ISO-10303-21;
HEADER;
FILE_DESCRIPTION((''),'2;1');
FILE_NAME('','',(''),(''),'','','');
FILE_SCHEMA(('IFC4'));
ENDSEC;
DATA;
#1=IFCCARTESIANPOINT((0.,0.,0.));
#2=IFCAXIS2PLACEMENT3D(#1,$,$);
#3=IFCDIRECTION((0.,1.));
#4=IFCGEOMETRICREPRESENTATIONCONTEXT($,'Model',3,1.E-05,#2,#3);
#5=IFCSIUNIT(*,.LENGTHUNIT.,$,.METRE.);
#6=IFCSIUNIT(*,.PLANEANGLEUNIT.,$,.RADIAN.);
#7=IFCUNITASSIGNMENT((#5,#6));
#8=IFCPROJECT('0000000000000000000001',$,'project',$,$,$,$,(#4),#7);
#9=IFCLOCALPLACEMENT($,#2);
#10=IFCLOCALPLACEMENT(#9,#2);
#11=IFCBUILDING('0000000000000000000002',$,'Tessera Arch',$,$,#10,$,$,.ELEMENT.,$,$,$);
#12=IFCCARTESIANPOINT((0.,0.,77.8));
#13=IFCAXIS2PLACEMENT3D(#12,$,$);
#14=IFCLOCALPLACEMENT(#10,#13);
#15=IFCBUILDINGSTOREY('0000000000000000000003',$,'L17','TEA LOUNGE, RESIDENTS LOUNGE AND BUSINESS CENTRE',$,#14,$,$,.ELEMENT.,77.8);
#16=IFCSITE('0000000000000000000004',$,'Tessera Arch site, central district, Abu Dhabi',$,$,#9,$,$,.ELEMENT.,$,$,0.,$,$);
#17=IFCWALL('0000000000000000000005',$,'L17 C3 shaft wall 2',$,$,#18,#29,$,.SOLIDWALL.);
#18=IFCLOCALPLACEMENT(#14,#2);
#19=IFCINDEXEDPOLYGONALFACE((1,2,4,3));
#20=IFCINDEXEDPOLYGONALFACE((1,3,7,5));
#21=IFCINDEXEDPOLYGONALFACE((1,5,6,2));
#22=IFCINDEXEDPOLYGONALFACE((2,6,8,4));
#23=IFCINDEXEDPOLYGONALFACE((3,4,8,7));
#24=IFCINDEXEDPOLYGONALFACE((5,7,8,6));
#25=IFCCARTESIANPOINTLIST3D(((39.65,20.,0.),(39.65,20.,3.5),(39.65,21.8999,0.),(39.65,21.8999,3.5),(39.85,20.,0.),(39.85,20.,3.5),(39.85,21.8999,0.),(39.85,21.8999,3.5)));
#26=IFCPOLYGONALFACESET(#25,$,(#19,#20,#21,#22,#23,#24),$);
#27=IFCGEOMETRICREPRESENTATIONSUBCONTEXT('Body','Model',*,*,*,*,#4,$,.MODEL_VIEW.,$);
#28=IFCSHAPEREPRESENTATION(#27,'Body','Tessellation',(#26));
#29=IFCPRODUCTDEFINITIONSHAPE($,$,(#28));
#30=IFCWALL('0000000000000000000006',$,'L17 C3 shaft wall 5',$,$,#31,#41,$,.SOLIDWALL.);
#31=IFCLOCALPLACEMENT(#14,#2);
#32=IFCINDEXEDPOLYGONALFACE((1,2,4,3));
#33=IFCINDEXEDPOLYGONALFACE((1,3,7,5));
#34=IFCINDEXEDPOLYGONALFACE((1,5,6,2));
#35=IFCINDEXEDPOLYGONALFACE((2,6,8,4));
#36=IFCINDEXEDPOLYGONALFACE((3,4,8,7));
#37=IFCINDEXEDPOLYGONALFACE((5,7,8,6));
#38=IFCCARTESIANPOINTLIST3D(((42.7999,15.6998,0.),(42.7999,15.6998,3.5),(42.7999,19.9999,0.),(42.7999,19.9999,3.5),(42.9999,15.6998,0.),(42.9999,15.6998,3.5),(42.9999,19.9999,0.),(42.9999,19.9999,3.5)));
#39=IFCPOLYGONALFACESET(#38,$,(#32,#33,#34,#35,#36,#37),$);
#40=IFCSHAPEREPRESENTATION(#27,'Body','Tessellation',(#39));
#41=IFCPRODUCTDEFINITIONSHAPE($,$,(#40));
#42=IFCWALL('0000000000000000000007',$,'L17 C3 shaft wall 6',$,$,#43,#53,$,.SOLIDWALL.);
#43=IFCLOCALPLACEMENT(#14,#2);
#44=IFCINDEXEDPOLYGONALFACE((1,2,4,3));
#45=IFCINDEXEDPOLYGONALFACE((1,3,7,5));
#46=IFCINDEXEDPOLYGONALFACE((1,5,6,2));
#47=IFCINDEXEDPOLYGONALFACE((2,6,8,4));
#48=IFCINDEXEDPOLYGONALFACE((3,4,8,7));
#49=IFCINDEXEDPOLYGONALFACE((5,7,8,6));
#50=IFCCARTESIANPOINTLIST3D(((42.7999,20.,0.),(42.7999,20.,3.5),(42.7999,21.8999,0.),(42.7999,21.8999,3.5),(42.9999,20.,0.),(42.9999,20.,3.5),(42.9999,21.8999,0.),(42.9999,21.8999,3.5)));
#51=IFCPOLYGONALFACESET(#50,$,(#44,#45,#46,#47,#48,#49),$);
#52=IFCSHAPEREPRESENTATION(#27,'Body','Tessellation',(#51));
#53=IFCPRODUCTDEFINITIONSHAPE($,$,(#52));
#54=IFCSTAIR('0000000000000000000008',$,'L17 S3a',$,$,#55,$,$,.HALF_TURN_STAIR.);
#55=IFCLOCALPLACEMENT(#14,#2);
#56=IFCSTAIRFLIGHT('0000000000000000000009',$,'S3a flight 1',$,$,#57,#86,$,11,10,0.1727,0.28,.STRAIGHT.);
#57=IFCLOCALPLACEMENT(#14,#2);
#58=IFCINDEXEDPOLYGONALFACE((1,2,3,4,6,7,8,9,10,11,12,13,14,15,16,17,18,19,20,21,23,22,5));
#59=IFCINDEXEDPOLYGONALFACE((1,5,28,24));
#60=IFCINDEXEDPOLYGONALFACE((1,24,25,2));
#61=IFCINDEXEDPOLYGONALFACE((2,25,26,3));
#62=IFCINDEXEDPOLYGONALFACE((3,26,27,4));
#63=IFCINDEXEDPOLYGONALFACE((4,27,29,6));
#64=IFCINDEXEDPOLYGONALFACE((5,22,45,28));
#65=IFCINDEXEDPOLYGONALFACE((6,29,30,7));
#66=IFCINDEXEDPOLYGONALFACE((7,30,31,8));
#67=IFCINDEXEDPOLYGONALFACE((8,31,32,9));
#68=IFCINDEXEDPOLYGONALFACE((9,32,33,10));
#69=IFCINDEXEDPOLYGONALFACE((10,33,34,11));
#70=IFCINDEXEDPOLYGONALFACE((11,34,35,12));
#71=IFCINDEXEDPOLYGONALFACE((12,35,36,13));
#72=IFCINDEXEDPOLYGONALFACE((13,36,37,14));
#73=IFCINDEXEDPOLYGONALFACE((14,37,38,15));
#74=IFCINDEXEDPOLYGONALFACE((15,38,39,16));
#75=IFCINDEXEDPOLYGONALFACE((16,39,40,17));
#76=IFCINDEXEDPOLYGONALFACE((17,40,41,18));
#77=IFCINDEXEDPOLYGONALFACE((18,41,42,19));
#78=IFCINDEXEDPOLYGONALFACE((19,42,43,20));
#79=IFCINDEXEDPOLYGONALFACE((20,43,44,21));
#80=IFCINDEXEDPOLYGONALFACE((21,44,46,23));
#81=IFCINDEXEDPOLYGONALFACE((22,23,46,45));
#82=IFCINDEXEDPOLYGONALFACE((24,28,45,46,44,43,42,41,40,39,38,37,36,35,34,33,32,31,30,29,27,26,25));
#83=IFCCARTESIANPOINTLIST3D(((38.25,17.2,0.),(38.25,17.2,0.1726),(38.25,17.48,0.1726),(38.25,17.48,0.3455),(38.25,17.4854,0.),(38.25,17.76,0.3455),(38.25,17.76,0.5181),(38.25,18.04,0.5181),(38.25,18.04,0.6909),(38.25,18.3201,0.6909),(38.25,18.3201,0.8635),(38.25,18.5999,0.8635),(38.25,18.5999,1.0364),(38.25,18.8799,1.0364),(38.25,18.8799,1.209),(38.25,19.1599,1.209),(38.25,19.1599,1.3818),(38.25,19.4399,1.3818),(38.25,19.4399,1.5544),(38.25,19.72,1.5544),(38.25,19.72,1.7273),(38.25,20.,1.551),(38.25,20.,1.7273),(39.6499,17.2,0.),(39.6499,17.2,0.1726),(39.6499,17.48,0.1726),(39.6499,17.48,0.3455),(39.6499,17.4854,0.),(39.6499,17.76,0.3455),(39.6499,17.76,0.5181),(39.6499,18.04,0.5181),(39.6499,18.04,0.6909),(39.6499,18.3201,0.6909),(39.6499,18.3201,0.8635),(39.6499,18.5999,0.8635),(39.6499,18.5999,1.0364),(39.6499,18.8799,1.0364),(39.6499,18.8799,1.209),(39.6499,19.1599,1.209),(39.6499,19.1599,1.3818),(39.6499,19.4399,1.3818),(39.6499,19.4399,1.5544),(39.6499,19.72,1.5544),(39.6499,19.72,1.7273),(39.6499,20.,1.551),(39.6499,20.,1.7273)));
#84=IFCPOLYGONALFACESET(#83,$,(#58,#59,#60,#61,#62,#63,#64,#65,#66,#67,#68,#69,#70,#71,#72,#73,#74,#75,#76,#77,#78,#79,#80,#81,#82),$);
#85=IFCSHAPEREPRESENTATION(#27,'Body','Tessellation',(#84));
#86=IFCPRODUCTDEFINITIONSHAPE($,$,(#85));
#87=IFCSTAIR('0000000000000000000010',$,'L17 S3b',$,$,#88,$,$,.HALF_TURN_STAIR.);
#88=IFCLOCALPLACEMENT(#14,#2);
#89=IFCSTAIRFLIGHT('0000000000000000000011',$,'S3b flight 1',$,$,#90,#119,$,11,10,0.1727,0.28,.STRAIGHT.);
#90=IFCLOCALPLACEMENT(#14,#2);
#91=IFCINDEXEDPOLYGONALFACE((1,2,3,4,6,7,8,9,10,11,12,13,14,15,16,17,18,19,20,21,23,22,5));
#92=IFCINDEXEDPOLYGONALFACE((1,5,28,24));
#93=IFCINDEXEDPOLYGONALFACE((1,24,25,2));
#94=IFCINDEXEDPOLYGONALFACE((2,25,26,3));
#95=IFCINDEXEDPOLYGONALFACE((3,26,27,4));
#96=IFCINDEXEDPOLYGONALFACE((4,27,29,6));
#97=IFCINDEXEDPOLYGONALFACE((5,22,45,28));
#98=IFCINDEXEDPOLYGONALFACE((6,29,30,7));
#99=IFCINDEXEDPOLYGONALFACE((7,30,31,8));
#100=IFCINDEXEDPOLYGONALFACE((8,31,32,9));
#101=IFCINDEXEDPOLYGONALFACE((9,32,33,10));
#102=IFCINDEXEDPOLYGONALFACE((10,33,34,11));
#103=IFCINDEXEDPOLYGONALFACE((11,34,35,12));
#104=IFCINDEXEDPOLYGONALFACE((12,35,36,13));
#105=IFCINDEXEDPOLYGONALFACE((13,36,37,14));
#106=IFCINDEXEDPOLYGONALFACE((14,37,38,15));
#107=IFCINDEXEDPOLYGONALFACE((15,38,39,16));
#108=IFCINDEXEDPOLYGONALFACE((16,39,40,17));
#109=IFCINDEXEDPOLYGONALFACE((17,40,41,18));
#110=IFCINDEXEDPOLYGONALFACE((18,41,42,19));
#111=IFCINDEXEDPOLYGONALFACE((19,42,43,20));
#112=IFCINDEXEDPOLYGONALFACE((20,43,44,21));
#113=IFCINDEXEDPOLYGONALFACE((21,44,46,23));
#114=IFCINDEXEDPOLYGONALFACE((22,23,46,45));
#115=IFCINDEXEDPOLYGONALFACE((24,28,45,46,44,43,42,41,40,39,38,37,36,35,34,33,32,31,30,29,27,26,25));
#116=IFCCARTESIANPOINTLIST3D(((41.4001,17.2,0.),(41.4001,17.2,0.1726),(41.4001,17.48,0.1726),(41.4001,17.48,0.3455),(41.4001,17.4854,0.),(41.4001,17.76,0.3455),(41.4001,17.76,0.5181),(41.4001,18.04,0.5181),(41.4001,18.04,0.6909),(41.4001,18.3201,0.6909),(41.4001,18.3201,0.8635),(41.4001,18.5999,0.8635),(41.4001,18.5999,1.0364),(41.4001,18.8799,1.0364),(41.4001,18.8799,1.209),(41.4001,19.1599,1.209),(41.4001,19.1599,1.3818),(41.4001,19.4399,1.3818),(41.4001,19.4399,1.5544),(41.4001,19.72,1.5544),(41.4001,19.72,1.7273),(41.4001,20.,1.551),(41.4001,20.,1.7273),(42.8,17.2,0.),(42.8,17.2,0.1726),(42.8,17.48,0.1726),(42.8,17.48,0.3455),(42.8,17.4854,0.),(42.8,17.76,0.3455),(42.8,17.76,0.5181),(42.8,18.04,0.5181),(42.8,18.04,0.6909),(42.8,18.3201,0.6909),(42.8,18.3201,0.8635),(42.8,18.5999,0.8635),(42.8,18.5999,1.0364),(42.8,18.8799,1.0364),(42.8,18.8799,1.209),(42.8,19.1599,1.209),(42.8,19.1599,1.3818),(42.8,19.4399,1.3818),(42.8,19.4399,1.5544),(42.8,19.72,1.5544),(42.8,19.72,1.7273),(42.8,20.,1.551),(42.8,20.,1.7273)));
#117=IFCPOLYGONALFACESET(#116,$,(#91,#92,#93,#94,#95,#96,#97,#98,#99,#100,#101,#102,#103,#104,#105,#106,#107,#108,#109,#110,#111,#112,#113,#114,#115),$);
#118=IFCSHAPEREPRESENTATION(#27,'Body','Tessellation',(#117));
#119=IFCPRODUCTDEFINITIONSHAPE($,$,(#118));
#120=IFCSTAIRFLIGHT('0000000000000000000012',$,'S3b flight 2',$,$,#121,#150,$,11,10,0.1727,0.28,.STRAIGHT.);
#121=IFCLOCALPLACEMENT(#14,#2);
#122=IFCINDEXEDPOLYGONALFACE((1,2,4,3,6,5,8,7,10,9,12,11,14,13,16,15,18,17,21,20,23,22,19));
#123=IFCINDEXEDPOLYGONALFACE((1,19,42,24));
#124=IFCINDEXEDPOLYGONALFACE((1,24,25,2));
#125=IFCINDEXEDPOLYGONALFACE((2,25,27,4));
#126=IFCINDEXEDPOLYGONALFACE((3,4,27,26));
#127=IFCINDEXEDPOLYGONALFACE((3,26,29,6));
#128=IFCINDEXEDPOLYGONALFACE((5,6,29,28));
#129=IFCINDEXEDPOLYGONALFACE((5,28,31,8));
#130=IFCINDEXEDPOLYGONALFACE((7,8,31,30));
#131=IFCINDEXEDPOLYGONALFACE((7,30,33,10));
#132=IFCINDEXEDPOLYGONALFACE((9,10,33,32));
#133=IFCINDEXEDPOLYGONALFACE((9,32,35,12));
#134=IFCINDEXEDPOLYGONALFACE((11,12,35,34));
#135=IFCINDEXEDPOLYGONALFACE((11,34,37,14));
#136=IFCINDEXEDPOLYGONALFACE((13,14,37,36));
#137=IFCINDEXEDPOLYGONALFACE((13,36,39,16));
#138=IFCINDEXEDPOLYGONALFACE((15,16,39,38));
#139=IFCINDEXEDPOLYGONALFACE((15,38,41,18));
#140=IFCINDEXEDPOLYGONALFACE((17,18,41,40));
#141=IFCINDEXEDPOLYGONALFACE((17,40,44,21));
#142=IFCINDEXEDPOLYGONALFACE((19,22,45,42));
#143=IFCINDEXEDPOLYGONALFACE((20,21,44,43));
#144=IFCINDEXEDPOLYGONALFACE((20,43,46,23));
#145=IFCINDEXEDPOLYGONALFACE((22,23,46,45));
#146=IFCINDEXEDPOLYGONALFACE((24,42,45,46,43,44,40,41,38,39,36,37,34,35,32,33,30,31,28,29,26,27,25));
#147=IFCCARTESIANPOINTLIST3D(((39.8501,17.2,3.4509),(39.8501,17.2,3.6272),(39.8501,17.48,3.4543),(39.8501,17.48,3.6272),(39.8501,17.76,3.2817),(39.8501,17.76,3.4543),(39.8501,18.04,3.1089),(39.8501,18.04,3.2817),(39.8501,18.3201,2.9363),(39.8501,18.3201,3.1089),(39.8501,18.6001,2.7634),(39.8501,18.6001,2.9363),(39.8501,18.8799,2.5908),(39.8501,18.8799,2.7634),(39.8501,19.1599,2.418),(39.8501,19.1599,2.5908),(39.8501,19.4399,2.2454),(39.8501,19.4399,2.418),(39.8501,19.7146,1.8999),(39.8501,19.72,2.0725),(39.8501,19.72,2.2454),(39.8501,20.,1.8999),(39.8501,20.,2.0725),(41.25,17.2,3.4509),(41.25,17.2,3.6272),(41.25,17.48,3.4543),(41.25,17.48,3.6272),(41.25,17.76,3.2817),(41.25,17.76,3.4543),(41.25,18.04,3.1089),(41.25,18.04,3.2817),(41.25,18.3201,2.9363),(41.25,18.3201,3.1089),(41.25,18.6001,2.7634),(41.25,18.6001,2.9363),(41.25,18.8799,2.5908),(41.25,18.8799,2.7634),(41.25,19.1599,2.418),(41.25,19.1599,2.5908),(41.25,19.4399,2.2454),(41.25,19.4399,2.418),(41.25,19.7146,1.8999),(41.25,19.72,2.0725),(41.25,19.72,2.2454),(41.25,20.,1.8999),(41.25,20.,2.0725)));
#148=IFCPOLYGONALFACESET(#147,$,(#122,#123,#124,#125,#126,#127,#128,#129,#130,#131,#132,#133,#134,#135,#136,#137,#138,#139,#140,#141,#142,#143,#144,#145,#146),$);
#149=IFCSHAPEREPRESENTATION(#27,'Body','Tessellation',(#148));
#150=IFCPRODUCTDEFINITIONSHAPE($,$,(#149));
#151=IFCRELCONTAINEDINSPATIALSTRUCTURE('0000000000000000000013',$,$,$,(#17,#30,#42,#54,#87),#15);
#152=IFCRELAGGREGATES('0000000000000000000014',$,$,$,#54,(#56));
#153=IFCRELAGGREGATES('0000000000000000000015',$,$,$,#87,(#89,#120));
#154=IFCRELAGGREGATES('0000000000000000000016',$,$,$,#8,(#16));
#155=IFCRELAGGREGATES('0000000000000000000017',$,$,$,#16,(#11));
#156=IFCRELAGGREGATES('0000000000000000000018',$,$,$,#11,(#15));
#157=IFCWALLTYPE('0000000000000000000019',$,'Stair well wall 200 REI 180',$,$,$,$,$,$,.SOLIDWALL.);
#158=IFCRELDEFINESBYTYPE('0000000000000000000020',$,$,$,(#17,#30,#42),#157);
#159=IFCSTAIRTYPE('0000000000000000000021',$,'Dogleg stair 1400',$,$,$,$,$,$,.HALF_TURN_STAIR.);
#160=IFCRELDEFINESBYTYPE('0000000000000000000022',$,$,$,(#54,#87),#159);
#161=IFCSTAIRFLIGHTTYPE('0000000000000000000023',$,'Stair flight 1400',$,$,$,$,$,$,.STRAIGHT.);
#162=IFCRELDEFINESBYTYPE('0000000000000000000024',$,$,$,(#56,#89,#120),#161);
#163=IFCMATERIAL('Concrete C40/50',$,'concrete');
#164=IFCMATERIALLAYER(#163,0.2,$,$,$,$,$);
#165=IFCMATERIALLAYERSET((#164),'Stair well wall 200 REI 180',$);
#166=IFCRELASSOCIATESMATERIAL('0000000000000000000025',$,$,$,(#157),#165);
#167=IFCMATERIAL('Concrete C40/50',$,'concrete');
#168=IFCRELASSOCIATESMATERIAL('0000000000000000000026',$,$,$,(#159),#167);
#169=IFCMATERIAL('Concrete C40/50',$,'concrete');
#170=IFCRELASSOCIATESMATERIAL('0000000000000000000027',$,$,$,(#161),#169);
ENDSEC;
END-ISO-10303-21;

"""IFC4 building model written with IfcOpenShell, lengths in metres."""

from ifc_helpers import new_model, si_unit, direction, frame, frame_2d, origin, place, context, subcontext, project, spatial, polyline, rectangle, outline, extrude, material, layer, layer_set, type_object, element, aggregate, save


model = new_model("IFC4")

# Units and contexts
model_context = context("Model", 3, precision=1e-05, world=origin(), true_north=direction((0.0, 1.0)))
body_context = subcontext(model_context, "Body", "Model", "MODEL_VIEW")
ifc_project = project(units=[si_unit("LENGTHUNIT", "METRE"), si_unit("PLANEANGLEUNIT", "RADIAN")], contexts=[model_context])

# Site, building, storey
site_placement = place(None, origin())
site = spatial("IfcSite", under=ifc_project, at=site_placement, Name="Tessera Arch site, central district, Abu Dhabi", CompositionType="ELEMENT", RefElevation=0.0)
building_placement = place(site_placement, origin())
building = spatial("IfcBuilding", under=site, at=building_placement, Name="Tessera Arch", CompositionType="ELEMENT")
storey_placement = place(building_placement, frame((0.0, 0.0, 77.8)))
storey = spatial("IfcBuildingStorey", under=building, at=storey_placement, Name="L17", Description="TEA LOUNGE, RESIDENTS LOUNGE AND BUSINESS CENTRE", CompositionType="ELEMENT", Elevation=77.8)

# Walls
ifc_material_1 = material(Name="Concrete C40/50", Category="concrete")
ifc_layer_1 = layer(ifc_material_1, 0.2)
ifc_layer_set_1 = layer_set([ifc_layer_1], Name="Stair well wall 200 REI 180")
wall_type_1 = type_object("IfcWallType", Name="Stair well wall 200 REI 180", PredefinedType="SOLIDWALL", material=ifc_layer_set_1)
wall_1_placement = place(storey_placement, frame((39.75, 20.0, 0.0), z_axis=(0.0, 0.0, 1.0), x_axis=(0.0, 1.0, 0.0)))
element("IfcWall", 1, at=wall_1_placement, inside=storey, type_object=wall_type_1, Name="L17 C3 shaft wall 2", PredefinedType="SOLIDWALL", context=body_context, shape_type="SweptSolid", body=[
    extrude(rectangle(XDim=1.8999, YDim=0.2, at=frame_2d((0.95, 0.0))), origin(), (0.0, 0.0, 1.0), 3.5),
])
wall_2_placement = place(storey_placement, frame((42.8999, 15.7, 0.0), z_axis=(0.0, 0.0, 1.0), x_axis=(0.0, 1.0, 0.0)))
element("IfcWall", 2, at=wall_2_placement, inside=storey, type_object=wall_type_1, Name="L17 C3 shaft wall 5", PredefinedType="SOLIDWALL", context=body_context, shape_type="SweptSolid", body=[
    extrude(rectangle(XDim=4.3, YDim=0.2, at=frame_2d((2.1499, 0.0))), origin(), (0.0, 0.0, 1.0), 3.5),
])
wall_3_placement = place(storey_placement, frame((42.8999, 20.0, 0.0), z_axis=(0.0, 0.0, 1.0), x_axis=(0.0, 1.0, 0.0)))
element("IfcWall", 3, at=wall_3_placement, inside=storey, type_object=wall_type_1, Name="L17 C3 shaft wall 6", PredefinedType="SOLIDWALL", context=body_context, shape_type="SweptSolid", body=[
    extrude(rectangle(XDim=1.8999, YDim=0.2, at=frame_2d((0.95, 0.0))), origin(), (0.0, 0.0, 1.0), 3.5),
])

# Stair, stair flight
ifc_material_2 = material(Name="Concrete C40/50", Category="concrete")
stair_type = type_object("IfcStairType", Name="Dogleg stair 1400", PredefinedType="HALF_TURN_STAIR", material=ifc_material_2)
stair_1_placement = place(storey_placement, origin())
stair_1 = element("IfcStair", 4, at=stair_1_placement, inside=storey, type_object=stair_type, Name="L17 S3a", PredefinedType="HALF_TURN_STAIR")
ifc_material_3 = material(Name="Concrete C40/50", Category="concrete")
stair_flight_type = type_object("IfcStairFlightType", Name="Stair flight 1400", PredefinedType="STRAIGHT", material=ifc_material_3)
stair_flight_1_placement = place(storey_placement, frame((38.95, 17.2, 0.0), z_axis=(0.0, 0.0, 1.0), x_axis=(0.0, 1.0, 0.0)))
stair_flight_1 = element("IfcStairFlight", 5, at=stair_flight_1_placement, type_object=stair_flight_type, Name="S3a flight 1", NumberOfRisers=11, NumberOfTreads=10, PredefinedType="STRAIGHT", RiserHeight=0.1727, TreadLength=0.28, context=body_context, shape_type="SweptSolid", body=[
    extrude(outline(polyline([(0.0, 0.0), (0.0, 0.1726), (0.28, 0.1726), (0.28, 0.3455), (0.5601, 0.3455), (0.5601, 0.5181), (0.8401, 0.5181), (0.8401, 0.6909), (1.1201, 0.6909), (1.1201, 0.8635), (1.3999, 0.8635), (1.3999, 1.0364), (1.6799, 1.0364), (1.6799, 1.209), (1.96, 1.209), (1.96, 1.3818), (2.24, 1.3818), (2.24, 1.5544), (2.52, 1.5544), (2.52, 1.7273), (2.8, 1.7273), (2.8, 1.8999), (2.8, 1.551), (0.2854, 0.0), (0.0, 0.0)])), frame((0.0, 0.7, 0.0), z_axis=(0.0, -1.0, 0.0), x_axis=(1.0, 0.0, 0.0)), (0.0, 0.0, 1.0), 1.3999),
])
aggregate(stair_1, [stair_flight_1])

# Stair, stair flights
stair_2_placement = place(storey_placement, origin())
stair_2 = element("IfcStair", 6, at=stair_2_placement, inside=storey, type_object=stair_type, Name="L17 S3b", PredefinedType="HALF_TURN_STAIR")
stair_flight_2_placement = place(storey_placement, frame((42.1001, 17.2, 0.0), z_axis=(0.0, 0.0, 1.0), x_axis=(0.0, 1.0, 0.0)))
stair_flight_2 = element("IfcStairFlight", 7, at=stair_flight_2_placement, type_object=stair_flight_type, Name="S3b flight 1", NumberOfRisers=11, NumberOfTreads=10, PredefinedType="STRAIGHT", RiserHeight=0.1727, TreadLength=0.28, context=body_context, shape_type="SweptSolid", body=[
    extrude(outline(polyline([(0.0, 0.0), (0.0, 0.1726), (0.28, 0.1726), (0.28, 0.3455), (0.5601, 0.3455), (0.5601, 0.5181), (0.8401, 0.5181), (0.8401, 0.6909), (1.1201, 0.6909), (1.1201, 0.8635), (1.3999, 0.8635), (1.3999, 1.0364), (1.6799, 1.0364), (1.6799, 1.209), (1.96, 1.209), (1.96, 1.3818), (2.24, 1.3818), (2.24, 1.5544), (2.52, 1.5544), (2.52, 1.7273), (2.8, 1.7273), (2.8, 1.8999), (2.8, 1.551), (0.2854, 0.0), (0.0, 0.0)])), frame((0.0, 0.7, 0.0), z_axis=(0.0, -1.0, 0.0), x_axis=(1.0, 0.0, 0.0)), (0.0, 0.0, 1.0), 1.3999),
])
stair_flight_3_placement = place(storey_placement, frame((40.55, 20.0, 1.8999), z_axis=(0.0, 0.0, 1.0), x_axis=(0.0, -1.0, 0.0)))
stair_flight_3 = element("IfcStairFlight", 8, at=stair_flight_3_placement, type_object=stair_flight_type, Name="S3b flight 2", NumberOfRisers=11, NumberOfTreads=10, PredefinedType="STRAIGHT", RiserHeight=0.1727, TreadLength=0.28, context=body_context, shape_type="SweptSolid", body=[
    extrude(outline(polyline([(0.0, 0.0), (0.0, 0.1726), (0.28, 0.1726), (0.28, 0.3455), (0.5601, 0.3455), (0.5601, 0.5181), (0.8401, 0.5181), (0.8401, 0.6909), (1.1201, 0.6909), (1.1201, 0.8635), (1.3999, 0.8635), (1.3999, 1.0364), (1.6799, 1.0364), (1.6799, 1.209), (1.96, 1.209), (1.96, 1.3818), (2.24, 1.3818), (2.24, 1.5544), (2.52, 1.5544), (2.52, 1.7273), (2.8, 1.7273), (2.8, 1.8999), (2.8, 1.551), (0.2854, 0.0), (0.0, 0.0)])), frame((0.0, 0.7, 0.0), z_axis=(0.0, -1.0, 0.0), x_axis=(1.0, 0.0, 0.0)), (0.0, 0.0, 1.0), 1.3999),
])
aggregate(stair_2, [stair_flight_2, stair_flight_3])

save(model, "model.ifc")
